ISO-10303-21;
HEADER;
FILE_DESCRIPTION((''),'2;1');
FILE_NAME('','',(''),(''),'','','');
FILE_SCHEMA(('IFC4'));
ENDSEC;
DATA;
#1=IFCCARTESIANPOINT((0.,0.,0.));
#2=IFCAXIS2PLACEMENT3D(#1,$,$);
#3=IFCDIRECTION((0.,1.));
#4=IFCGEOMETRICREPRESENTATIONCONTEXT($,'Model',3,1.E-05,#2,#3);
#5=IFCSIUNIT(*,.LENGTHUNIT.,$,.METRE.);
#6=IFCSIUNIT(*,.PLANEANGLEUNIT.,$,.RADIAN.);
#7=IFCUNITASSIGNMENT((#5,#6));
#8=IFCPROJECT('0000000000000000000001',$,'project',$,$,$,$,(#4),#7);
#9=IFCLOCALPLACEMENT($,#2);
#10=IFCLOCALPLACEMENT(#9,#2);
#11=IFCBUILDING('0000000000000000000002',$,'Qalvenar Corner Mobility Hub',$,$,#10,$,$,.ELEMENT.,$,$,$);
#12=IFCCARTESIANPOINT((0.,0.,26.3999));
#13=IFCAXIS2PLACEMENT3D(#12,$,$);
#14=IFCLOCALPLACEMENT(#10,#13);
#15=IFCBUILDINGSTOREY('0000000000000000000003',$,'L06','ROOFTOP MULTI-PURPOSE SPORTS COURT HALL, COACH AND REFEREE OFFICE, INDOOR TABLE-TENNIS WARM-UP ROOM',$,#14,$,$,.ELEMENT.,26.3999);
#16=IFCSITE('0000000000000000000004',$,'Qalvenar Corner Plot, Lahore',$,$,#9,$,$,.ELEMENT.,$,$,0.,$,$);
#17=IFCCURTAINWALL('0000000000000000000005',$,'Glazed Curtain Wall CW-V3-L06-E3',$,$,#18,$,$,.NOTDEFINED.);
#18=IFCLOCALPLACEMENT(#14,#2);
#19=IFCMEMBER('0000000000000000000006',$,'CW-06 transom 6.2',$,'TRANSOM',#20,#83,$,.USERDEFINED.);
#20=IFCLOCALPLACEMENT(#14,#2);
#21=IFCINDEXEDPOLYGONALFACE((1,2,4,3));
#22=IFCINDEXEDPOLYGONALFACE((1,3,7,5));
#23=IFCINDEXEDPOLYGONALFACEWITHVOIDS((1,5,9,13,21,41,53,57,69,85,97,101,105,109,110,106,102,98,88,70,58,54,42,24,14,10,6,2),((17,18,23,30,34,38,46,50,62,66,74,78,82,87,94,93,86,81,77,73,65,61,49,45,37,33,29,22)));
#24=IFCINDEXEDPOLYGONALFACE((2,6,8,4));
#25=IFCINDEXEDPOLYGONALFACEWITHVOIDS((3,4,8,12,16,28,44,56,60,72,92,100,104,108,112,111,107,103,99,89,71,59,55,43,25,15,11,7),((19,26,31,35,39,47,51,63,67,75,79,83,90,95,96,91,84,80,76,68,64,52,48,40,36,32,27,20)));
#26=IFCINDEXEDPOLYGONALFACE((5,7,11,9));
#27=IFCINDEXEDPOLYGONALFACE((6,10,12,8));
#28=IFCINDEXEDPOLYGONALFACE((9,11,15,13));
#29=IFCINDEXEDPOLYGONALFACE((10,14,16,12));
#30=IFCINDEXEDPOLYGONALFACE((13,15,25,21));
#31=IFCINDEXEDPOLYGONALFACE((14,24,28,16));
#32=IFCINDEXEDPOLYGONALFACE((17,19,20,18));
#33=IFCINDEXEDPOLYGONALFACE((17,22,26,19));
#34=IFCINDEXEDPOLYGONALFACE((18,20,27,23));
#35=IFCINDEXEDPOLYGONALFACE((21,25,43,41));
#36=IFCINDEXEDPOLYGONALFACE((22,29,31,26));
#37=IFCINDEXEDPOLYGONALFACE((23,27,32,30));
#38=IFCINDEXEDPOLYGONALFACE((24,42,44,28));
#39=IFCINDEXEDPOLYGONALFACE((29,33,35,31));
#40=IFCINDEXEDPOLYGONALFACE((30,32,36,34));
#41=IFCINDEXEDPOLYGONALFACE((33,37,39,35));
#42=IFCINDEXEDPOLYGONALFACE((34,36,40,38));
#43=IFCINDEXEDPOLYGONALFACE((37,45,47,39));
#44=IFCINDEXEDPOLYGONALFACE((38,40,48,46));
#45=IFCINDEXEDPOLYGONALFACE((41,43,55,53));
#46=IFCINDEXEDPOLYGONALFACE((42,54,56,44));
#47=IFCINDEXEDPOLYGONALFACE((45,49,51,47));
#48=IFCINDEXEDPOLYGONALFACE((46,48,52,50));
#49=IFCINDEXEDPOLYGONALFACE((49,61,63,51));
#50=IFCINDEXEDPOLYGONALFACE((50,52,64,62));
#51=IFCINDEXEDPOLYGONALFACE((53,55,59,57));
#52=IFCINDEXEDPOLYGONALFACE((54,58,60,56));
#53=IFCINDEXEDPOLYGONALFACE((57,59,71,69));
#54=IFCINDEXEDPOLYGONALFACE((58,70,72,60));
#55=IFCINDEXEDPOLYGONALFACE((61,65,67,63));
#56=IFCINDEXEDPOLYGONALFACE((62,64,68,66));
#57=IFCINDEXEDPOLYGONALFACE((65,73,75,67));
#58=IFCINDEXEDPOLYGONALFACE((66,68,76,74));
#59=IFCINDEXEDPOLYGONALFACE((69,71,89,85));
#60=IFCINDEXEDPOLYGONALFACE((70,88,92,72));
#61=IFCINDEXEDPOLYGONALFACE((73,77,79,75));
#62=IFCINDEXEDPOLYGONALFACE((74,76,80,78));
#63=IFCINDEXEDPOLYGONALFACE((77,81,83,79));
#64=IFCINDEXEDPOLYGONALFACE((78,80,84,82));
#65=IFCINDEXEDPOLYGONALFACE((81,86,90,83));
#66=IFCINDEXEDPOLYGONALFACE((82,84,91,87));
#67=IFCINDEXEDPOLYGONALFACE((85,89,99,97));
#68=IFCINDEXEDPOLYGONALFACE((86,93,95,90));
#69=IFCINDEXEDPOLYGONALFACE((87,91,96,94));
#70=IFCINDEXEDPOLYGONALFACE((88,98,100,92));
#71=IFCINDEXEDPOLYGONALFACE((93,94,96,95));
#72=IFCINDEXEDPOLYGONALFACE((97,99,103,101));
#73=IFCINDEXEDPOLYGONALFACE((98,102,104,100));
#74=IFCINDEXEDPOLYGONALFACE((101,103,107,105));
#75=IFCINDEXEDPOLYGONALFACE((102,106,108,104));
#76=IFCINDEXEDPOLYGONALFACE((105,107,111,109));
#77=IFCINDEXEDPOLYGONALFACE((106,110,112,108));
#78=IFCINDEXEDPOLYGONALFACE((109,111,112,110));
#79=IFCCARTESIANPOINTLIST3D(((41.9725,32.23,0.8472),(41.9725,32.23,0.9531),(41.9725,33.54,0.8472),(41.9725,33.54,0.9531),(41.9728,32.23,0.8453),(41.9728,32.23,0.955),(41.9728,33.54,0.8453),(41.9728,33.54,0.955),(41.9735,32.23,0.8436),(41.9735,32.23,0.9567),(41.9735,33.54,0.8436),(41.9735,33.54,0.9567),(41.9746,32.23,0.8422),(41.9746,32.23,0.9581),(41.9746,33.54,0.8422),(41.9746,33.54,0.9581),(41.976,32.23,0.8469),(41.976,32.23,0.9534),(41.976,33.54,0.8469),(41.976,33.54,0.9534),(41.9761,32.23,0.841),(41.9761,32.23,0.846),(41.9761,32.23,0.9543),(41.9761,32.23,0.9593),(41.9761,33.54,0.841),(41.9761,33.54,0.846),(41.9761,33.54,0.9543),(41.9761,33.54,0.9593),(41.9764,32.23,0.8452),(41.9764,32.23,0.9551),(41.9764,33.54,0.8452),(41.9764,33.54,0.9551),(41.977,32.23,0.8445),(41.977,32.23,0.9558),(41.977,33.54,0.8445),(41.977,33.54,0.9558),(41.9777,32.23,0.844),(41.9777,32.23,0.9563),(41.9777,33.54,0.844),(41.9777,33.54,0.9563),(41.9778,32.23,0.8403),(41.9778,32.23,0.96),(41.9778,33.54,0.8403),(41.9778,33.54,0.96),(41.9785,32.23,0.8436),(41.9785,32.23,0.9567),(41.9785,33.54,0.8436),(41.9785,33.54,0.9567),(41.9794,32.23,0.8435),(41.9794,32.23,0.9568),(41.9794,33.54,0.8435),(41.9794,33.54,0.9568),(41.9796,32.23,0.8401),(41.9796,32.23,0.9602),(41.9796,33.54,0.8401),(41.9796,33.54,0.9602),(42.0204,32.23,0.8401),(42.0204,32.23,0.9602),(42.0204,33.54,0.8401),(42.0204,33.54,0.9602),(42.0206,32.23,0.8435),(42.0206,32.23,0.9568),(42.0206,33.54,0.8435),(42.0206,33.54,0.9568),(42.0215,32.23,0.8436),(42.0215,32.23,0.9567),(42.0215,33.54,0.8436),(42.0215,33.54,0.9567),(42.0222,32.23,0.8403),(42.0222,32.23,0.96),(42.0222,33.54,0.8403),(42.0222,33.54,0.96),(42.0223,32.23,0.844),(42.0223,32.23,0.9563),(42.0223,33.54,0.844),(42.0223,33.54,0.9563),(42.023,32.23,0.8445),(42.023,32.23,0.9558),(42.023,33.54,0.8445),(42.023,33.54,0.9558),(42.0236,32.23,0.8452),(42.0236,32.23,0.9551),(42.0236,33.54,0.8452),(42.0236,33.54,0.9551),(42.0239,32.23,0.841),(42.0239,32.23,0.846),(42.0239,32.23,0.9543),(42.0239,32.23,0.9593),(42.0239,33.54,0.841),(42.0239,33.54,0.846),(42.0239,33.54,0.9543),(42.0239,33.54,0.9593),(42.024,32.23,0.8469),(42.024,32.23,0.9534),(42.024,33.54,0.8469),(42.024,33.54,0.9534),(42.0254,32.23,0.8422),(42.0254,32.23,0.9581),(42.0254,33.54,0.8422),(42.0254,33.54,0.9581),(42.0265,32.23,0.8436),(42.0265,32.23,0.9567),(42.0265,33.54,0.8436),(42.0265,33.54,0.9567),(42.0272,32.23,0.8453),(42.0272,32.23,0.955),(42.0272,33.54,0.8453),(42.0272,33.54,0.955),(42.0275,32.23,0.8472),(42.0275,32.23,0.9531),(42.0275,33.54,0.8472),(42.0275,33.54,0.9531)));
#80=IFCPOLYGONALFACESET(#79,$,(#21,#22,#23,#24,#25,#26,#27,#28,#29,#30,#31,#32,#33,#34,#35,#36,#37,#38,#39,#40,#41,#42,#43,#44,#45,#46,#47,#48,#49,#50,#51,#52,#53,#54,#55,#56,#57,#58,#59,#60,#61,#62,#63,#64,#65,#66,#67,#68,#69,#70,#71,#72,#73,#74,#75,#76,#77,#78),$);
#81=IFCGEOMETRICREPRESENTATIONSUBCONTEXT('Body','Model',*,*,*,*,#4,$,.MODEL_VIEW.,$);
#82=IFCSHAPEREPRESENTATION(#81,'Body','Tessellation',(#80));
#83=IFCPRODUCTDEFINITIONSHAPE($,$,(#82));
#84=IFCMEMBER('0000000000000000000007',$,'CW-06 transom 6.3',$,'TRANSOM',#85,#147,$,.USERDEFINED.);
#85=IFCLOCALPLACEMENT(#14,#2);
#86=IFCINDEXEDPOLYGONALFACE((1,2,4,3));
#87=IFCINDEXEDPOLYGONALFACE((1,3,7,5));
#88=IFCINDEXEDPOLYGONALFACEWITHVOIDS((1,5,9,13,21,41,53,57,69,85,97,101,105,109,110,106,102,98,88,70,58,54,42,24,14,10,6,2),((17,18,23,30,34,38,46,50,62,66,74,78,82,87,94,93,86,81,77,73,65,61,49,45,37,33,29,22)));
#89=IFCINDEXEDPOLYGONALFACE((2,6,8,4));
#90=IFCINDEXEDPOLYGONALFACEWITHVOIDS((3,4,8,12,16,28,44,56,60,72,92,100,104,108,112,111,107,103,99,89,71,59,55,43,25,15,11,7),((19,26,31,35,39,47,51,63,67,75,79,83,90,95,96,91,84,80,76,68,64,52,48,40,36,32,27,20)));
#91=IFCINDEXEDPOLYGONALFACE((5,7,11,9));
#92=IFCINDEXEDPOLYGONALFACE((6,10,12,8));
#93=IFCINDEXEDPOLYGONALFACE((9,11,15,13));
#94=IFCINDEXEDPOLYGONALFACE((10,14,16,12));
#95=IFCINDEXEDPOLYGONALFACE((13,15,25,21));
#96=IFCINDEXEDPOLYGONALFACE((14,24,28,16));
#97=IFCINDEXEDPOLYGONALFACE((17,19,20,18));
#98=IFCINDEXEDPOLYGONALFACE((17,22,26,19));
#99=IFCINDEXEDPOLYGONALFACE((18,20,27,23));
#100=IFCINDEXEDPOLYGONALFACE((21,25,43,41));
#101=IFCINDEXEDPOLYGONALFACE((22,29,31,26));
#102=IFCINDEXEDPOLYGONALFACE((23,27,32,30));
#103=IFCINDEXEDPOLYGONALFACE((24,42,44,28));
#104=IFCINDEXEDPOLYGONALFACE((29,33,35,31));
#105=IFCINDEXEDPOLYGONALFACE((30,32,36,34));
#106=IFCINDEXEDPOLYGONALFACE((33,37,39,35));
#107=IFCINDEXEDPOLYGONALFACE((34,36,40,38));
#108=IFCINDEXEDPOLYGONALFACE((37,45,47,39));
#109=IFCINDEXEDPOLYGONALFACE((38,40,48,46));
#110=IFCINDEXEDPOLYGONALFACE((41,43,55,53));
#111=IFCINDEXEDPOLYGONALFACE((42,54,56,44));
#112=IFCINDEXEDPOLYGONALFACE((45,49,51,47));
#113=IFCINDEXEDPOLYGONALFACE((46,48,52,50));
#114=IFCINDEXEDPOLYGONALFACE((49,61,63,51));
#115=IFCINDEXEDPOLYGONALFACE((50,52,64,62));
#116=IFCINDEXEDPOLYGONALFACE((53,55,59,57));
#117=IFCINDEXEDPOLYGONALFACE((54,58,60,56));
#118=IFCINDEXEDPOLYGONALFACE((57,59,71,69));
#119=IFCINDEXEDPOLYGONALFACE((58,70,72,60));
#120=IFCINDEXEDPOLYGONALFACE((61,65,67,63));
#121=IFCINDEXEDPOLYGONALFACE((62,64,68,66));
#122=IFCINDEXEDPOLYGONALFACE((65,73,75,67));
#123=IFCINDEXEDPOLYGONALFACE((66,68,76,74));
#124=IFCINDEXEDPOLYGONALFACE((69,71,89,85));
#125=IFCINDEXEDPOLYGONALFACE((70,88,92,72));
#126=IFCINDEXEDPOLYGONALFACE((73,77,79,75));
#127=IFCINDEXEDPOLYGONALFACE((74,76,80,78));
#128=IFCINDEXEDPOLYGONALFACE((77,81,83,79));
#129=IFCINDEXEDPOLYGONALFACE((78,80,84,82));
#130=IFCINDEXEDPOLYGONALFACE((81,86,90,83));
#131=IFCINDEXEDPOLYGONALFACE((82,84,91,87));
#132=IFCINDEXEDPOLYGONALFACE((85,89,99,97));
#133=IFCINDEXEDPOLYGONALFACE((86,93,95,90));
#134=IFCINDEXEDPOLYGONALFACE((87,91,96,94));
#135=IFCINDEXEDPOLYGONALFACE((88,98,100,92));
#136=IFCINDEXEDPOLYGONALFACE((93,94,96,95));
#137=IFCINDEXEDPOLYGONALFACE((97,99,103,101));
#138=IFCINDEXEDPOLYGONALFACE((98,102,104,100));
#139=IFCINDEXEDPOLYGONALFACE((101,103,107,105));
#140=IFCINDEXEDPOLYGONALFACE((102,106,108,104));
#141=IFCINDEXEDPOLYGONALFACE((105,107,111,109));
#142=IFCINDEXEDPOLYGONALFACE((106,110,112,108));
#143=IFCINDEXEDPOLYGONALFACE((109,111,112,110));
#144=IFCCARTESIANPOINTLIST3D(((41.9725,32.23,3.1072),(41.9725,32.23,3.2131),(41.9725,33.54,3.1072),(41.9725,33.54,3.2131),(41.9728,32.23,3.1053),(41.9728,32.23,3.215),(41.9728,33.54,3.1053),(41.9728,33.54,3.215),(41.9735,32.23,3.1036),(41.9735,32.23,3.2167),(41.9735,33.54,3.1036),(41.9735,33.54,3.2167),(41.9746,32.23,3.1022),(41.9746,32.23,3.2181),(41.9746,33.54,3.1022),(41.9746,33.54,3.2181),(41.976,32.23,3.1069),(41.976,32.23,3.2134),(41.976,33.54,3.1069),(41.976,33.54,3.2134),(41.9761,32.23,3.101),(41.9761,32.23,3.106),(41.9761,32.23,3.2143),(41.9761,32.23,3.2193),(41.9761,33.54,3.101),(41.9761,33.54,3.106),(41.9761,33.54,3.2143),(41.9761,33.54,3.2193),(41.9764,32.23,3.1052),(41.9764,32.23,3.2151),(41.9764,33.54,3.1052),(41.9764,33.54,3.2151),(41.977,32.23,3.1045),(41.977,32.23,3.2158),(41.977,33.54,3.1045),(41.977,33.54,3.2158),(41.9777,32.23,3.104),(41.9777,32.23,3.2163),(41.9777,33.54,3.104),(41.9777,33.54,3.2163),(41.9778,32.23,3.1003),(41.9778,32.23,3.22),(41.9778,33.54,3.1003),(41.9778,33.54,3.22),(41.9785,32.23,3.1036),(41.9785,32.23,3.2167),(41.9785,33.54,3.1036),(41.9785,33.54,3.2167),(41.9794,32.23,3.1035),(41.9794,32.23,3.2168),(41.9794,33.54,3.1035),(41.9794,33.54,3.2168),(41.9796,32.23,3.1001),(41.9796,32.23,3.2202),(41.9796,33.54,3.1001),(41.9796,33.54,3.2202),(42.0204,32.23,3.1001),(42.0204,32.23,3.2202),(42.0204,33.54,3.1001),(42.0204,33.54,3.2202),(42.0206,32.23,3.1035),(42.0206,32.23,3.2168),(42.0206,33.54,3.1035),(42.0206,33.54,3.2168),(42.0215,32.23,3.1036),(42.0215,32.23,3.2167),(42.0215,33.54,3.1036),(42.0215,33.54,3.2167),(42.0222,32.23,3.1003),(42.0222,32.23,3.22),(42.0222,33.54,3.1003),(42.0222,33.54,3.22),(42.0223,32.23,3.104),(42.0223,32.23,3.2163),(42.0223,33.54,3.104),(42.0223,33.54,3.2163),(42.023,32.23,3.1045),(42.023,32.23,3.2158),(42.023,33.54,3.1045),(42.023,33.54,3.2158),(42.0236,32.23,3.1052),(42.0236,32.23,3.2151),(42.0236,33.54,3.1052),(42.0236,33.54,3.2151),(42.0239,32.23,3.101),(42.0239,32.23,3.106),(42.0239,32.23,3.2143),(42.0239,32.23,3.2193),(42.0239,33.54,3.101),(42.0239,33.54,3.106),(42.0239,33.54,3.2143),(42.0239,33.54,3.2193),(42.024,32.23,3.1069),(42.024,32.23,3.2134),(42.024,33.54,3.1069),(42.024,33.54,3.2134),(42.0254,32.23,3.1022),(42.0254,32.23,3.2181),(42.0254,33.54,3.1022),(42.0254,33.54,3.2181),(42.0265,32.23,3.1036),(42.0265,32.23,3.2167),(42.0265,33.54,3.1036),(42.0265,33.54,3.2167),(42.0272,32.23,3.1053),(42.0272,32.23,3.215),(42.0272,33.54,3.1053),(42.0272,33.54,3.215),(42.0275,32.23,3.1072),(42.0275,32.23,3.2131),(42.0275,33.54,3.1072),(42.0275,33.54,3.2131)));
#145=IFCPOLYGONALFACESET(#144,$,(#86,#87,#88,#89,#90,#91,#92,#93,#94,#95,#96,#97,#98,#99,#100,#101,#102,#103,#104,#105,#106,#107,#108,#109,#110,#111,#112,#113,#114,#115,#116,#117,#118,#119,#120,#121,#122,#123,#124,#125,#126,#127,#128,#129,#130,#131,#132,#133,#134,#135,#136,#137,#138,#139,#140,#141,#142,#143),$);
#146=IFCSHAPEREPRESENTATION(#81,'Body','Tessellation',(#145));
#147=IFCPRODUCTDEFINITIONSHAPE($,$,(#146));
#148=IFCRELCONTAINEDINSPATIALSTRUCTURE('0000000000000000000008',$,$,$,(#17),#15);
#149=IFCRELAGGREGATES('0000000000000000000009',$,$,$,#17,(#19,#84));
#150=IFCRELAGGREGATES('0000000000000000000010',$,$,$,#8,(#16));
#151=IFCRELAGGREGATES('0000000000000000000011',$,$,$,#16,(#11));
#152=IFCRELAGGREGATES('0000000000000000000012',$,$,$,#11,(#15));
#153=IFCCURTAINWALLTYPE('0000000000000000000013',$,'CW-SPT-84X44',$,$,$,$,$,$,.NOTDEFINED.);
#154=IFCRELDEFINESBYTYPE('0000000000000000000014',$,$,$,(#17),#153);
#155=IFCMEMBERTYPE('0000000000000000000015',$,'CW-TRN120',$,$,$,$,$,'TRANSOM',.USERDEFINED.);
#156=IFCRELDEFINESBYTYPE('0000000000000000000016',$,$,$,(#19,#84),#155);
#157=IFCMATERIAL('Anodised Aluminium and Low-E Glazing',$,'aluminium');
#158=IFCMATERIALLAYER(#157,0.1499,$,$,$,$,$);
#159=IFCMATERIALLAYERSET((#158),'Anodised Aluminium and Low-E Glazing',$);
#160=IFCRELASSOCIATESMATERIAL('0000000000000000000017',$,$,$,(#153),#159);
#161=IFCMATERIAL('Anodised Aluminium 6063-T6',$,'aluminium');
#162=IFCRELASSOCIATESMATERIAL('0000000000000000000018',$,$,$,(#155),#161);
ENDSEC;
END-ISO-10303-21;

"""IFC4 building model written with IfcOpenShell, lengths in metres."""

from ifc_helpers import new_model, si_unit, direction, frame, origin, origin_2d, place, context, subcontext, project, spatial, hollow_rectangle, extrude, material, layer, layer_set, material_profile, profile_set, type_object, element, aggregate, save


model = new_model("IFC4")

# Units and contexts
model_context = context("Model", 3, precision=1e-05, world=origin(), true_north=direction((0.0, 1.0)))
body_context = subcontext(model_context, "Body", "Model", "MODEL_VIEW")
ifc_project = project(units=[si_unit("LENGTHUNIT", "METRE"), si_unit("PLANEANGLEUNIT", "RADIAN")], contexts=[model_context])

# Site, building, storey
site_placement = place(None, origin())
site = spatial("IfcSite", under=ifc_project, at=site_placement, Name="Qalvenar Corner Plot, Lahore", CompositionType="ELEMENT", RefElevation=0.0)
building_placement = place(site_placement, origin())
building = spatial("IfcBuilding", under=site, at=building_placement, Name="Qalvenar Corner Mobility Hub", CompositionType="ELEMENT")
storey_placement = place(building_placement, frame((0.0, 0.0, 26.3999)))
storey = spatial("IfcBuildingStorey", under=building, at=storey_placement, Name="L06", Description="ROOFTOP MULTI-PURPOSE SPORTS COURT HALL, COACH AND REFEREE OFFICE, INDOOR TABLE-TENNIS WARM-UP ROOM", CompositionType="ELEMENT", Elevation=26.3999)

# Shared definitions
ifc_material_1 = material(Name="Anodised Aluminium and Low-E Glazing", Category="aluminium")
ifc_material_2 = material(Name="Anodised Aluminium 6063-T6", Category="aluminium")

# Curtain wall
ifc_layer_1 = layer(ifc_material_1, 0.1499)
ifc_layer_set_1 = layer_set([ifc_layer_1], Name="Anodised Aluminium and Low-E Glazing")
curtain_wall_type_1 = type_object("IfcCurtainWallType", Name="CW-SPT-84X44", PredefinedType="NOTDEFINED", material=ifc_layer_set_1)
curtain_wall_1_placement = place(storey_placement, origin())
curtain_wall_1 = element("IfcCurtainWall", 1, at=curtain_wall_1_placement, inside=storey, type_object=curtain_wall_type_1, Name="Glazed Curtain Wall CW-V3-L06-E3", PredefinedType="NOTDEFINED")

# Members
ifc_material_profile_1 = material_profile(ifc_material_2, hollow_rectangle(XDim=0.0549, YDim=0.1201, WallThickness=0.0034, InnerFilletRadius=0.0034, OuterFilletRadius=0.0071, at=origin_2d()), Name="RHS120x55x3.5")
ifc_profile_set_1 = profile_set([ifc_material_profile_1], Name="Anodised Aluminium 6063-T6")
member_type_1 = type_object("IfcMemberType", Name="CW-TRN120", ElementType="TRANSOM", PredefinedType="USERDEFINED", material=ifc_profile_set_1)
member_1_placement = place(storey_placement, frame((42.0, 32.23, 0.9001), z_axis=(0.0, 1.0, 0.0), x_axis=(-1.0, 0.0, 0.0)))
member_1 = element("IfcMember", 2, at=member_1_placement, type_object=member_type_1, Name="CW-06 transom 6.2", ObjectType="TRANSOM", PredefinedType="USERDEFINED", context=body_context, shape_type="SweptSolid", body=[
    extrude(hollow_rectangle(XDim=0.0549, YDim=0.1201, WallThickness=0.0034, InnerFilletRadius=0.0034, OuterFilletRadius=0.0071, at=origin_2d()), origin(), (0.0, 0.0, 1.0), 1.3101),
])
member_2_placement = place(storey_placement, frame((42.0, 32.23, 3.1602), z_axis=(0.0, 1.0, 0.0), x_axis=(-1.0, 0.0, 0.0)))
member_2 = element("IfcMember", 3, at=member_2_placement, type_object=member_type_1, Name="CW-06 transom 6.3", ObjectType="TRANSOM", PredefinedType="USERDEFINED", context=body_context, shape_type="SweptSolid", body=[
    extrude(hollow_rectangle(XDim=0.0549, YDim=0.1201, WallThickness=0.0034, InnerFilletRadius=0.0034, OuterFilletRadius=0.0071, at=origin_2d()), origin(), (0.0, 0.0, 1.0), 1.3101),
])

aggregate(curtain_wall_1, [member_1, member_2])

save(model, "model.ifc")
